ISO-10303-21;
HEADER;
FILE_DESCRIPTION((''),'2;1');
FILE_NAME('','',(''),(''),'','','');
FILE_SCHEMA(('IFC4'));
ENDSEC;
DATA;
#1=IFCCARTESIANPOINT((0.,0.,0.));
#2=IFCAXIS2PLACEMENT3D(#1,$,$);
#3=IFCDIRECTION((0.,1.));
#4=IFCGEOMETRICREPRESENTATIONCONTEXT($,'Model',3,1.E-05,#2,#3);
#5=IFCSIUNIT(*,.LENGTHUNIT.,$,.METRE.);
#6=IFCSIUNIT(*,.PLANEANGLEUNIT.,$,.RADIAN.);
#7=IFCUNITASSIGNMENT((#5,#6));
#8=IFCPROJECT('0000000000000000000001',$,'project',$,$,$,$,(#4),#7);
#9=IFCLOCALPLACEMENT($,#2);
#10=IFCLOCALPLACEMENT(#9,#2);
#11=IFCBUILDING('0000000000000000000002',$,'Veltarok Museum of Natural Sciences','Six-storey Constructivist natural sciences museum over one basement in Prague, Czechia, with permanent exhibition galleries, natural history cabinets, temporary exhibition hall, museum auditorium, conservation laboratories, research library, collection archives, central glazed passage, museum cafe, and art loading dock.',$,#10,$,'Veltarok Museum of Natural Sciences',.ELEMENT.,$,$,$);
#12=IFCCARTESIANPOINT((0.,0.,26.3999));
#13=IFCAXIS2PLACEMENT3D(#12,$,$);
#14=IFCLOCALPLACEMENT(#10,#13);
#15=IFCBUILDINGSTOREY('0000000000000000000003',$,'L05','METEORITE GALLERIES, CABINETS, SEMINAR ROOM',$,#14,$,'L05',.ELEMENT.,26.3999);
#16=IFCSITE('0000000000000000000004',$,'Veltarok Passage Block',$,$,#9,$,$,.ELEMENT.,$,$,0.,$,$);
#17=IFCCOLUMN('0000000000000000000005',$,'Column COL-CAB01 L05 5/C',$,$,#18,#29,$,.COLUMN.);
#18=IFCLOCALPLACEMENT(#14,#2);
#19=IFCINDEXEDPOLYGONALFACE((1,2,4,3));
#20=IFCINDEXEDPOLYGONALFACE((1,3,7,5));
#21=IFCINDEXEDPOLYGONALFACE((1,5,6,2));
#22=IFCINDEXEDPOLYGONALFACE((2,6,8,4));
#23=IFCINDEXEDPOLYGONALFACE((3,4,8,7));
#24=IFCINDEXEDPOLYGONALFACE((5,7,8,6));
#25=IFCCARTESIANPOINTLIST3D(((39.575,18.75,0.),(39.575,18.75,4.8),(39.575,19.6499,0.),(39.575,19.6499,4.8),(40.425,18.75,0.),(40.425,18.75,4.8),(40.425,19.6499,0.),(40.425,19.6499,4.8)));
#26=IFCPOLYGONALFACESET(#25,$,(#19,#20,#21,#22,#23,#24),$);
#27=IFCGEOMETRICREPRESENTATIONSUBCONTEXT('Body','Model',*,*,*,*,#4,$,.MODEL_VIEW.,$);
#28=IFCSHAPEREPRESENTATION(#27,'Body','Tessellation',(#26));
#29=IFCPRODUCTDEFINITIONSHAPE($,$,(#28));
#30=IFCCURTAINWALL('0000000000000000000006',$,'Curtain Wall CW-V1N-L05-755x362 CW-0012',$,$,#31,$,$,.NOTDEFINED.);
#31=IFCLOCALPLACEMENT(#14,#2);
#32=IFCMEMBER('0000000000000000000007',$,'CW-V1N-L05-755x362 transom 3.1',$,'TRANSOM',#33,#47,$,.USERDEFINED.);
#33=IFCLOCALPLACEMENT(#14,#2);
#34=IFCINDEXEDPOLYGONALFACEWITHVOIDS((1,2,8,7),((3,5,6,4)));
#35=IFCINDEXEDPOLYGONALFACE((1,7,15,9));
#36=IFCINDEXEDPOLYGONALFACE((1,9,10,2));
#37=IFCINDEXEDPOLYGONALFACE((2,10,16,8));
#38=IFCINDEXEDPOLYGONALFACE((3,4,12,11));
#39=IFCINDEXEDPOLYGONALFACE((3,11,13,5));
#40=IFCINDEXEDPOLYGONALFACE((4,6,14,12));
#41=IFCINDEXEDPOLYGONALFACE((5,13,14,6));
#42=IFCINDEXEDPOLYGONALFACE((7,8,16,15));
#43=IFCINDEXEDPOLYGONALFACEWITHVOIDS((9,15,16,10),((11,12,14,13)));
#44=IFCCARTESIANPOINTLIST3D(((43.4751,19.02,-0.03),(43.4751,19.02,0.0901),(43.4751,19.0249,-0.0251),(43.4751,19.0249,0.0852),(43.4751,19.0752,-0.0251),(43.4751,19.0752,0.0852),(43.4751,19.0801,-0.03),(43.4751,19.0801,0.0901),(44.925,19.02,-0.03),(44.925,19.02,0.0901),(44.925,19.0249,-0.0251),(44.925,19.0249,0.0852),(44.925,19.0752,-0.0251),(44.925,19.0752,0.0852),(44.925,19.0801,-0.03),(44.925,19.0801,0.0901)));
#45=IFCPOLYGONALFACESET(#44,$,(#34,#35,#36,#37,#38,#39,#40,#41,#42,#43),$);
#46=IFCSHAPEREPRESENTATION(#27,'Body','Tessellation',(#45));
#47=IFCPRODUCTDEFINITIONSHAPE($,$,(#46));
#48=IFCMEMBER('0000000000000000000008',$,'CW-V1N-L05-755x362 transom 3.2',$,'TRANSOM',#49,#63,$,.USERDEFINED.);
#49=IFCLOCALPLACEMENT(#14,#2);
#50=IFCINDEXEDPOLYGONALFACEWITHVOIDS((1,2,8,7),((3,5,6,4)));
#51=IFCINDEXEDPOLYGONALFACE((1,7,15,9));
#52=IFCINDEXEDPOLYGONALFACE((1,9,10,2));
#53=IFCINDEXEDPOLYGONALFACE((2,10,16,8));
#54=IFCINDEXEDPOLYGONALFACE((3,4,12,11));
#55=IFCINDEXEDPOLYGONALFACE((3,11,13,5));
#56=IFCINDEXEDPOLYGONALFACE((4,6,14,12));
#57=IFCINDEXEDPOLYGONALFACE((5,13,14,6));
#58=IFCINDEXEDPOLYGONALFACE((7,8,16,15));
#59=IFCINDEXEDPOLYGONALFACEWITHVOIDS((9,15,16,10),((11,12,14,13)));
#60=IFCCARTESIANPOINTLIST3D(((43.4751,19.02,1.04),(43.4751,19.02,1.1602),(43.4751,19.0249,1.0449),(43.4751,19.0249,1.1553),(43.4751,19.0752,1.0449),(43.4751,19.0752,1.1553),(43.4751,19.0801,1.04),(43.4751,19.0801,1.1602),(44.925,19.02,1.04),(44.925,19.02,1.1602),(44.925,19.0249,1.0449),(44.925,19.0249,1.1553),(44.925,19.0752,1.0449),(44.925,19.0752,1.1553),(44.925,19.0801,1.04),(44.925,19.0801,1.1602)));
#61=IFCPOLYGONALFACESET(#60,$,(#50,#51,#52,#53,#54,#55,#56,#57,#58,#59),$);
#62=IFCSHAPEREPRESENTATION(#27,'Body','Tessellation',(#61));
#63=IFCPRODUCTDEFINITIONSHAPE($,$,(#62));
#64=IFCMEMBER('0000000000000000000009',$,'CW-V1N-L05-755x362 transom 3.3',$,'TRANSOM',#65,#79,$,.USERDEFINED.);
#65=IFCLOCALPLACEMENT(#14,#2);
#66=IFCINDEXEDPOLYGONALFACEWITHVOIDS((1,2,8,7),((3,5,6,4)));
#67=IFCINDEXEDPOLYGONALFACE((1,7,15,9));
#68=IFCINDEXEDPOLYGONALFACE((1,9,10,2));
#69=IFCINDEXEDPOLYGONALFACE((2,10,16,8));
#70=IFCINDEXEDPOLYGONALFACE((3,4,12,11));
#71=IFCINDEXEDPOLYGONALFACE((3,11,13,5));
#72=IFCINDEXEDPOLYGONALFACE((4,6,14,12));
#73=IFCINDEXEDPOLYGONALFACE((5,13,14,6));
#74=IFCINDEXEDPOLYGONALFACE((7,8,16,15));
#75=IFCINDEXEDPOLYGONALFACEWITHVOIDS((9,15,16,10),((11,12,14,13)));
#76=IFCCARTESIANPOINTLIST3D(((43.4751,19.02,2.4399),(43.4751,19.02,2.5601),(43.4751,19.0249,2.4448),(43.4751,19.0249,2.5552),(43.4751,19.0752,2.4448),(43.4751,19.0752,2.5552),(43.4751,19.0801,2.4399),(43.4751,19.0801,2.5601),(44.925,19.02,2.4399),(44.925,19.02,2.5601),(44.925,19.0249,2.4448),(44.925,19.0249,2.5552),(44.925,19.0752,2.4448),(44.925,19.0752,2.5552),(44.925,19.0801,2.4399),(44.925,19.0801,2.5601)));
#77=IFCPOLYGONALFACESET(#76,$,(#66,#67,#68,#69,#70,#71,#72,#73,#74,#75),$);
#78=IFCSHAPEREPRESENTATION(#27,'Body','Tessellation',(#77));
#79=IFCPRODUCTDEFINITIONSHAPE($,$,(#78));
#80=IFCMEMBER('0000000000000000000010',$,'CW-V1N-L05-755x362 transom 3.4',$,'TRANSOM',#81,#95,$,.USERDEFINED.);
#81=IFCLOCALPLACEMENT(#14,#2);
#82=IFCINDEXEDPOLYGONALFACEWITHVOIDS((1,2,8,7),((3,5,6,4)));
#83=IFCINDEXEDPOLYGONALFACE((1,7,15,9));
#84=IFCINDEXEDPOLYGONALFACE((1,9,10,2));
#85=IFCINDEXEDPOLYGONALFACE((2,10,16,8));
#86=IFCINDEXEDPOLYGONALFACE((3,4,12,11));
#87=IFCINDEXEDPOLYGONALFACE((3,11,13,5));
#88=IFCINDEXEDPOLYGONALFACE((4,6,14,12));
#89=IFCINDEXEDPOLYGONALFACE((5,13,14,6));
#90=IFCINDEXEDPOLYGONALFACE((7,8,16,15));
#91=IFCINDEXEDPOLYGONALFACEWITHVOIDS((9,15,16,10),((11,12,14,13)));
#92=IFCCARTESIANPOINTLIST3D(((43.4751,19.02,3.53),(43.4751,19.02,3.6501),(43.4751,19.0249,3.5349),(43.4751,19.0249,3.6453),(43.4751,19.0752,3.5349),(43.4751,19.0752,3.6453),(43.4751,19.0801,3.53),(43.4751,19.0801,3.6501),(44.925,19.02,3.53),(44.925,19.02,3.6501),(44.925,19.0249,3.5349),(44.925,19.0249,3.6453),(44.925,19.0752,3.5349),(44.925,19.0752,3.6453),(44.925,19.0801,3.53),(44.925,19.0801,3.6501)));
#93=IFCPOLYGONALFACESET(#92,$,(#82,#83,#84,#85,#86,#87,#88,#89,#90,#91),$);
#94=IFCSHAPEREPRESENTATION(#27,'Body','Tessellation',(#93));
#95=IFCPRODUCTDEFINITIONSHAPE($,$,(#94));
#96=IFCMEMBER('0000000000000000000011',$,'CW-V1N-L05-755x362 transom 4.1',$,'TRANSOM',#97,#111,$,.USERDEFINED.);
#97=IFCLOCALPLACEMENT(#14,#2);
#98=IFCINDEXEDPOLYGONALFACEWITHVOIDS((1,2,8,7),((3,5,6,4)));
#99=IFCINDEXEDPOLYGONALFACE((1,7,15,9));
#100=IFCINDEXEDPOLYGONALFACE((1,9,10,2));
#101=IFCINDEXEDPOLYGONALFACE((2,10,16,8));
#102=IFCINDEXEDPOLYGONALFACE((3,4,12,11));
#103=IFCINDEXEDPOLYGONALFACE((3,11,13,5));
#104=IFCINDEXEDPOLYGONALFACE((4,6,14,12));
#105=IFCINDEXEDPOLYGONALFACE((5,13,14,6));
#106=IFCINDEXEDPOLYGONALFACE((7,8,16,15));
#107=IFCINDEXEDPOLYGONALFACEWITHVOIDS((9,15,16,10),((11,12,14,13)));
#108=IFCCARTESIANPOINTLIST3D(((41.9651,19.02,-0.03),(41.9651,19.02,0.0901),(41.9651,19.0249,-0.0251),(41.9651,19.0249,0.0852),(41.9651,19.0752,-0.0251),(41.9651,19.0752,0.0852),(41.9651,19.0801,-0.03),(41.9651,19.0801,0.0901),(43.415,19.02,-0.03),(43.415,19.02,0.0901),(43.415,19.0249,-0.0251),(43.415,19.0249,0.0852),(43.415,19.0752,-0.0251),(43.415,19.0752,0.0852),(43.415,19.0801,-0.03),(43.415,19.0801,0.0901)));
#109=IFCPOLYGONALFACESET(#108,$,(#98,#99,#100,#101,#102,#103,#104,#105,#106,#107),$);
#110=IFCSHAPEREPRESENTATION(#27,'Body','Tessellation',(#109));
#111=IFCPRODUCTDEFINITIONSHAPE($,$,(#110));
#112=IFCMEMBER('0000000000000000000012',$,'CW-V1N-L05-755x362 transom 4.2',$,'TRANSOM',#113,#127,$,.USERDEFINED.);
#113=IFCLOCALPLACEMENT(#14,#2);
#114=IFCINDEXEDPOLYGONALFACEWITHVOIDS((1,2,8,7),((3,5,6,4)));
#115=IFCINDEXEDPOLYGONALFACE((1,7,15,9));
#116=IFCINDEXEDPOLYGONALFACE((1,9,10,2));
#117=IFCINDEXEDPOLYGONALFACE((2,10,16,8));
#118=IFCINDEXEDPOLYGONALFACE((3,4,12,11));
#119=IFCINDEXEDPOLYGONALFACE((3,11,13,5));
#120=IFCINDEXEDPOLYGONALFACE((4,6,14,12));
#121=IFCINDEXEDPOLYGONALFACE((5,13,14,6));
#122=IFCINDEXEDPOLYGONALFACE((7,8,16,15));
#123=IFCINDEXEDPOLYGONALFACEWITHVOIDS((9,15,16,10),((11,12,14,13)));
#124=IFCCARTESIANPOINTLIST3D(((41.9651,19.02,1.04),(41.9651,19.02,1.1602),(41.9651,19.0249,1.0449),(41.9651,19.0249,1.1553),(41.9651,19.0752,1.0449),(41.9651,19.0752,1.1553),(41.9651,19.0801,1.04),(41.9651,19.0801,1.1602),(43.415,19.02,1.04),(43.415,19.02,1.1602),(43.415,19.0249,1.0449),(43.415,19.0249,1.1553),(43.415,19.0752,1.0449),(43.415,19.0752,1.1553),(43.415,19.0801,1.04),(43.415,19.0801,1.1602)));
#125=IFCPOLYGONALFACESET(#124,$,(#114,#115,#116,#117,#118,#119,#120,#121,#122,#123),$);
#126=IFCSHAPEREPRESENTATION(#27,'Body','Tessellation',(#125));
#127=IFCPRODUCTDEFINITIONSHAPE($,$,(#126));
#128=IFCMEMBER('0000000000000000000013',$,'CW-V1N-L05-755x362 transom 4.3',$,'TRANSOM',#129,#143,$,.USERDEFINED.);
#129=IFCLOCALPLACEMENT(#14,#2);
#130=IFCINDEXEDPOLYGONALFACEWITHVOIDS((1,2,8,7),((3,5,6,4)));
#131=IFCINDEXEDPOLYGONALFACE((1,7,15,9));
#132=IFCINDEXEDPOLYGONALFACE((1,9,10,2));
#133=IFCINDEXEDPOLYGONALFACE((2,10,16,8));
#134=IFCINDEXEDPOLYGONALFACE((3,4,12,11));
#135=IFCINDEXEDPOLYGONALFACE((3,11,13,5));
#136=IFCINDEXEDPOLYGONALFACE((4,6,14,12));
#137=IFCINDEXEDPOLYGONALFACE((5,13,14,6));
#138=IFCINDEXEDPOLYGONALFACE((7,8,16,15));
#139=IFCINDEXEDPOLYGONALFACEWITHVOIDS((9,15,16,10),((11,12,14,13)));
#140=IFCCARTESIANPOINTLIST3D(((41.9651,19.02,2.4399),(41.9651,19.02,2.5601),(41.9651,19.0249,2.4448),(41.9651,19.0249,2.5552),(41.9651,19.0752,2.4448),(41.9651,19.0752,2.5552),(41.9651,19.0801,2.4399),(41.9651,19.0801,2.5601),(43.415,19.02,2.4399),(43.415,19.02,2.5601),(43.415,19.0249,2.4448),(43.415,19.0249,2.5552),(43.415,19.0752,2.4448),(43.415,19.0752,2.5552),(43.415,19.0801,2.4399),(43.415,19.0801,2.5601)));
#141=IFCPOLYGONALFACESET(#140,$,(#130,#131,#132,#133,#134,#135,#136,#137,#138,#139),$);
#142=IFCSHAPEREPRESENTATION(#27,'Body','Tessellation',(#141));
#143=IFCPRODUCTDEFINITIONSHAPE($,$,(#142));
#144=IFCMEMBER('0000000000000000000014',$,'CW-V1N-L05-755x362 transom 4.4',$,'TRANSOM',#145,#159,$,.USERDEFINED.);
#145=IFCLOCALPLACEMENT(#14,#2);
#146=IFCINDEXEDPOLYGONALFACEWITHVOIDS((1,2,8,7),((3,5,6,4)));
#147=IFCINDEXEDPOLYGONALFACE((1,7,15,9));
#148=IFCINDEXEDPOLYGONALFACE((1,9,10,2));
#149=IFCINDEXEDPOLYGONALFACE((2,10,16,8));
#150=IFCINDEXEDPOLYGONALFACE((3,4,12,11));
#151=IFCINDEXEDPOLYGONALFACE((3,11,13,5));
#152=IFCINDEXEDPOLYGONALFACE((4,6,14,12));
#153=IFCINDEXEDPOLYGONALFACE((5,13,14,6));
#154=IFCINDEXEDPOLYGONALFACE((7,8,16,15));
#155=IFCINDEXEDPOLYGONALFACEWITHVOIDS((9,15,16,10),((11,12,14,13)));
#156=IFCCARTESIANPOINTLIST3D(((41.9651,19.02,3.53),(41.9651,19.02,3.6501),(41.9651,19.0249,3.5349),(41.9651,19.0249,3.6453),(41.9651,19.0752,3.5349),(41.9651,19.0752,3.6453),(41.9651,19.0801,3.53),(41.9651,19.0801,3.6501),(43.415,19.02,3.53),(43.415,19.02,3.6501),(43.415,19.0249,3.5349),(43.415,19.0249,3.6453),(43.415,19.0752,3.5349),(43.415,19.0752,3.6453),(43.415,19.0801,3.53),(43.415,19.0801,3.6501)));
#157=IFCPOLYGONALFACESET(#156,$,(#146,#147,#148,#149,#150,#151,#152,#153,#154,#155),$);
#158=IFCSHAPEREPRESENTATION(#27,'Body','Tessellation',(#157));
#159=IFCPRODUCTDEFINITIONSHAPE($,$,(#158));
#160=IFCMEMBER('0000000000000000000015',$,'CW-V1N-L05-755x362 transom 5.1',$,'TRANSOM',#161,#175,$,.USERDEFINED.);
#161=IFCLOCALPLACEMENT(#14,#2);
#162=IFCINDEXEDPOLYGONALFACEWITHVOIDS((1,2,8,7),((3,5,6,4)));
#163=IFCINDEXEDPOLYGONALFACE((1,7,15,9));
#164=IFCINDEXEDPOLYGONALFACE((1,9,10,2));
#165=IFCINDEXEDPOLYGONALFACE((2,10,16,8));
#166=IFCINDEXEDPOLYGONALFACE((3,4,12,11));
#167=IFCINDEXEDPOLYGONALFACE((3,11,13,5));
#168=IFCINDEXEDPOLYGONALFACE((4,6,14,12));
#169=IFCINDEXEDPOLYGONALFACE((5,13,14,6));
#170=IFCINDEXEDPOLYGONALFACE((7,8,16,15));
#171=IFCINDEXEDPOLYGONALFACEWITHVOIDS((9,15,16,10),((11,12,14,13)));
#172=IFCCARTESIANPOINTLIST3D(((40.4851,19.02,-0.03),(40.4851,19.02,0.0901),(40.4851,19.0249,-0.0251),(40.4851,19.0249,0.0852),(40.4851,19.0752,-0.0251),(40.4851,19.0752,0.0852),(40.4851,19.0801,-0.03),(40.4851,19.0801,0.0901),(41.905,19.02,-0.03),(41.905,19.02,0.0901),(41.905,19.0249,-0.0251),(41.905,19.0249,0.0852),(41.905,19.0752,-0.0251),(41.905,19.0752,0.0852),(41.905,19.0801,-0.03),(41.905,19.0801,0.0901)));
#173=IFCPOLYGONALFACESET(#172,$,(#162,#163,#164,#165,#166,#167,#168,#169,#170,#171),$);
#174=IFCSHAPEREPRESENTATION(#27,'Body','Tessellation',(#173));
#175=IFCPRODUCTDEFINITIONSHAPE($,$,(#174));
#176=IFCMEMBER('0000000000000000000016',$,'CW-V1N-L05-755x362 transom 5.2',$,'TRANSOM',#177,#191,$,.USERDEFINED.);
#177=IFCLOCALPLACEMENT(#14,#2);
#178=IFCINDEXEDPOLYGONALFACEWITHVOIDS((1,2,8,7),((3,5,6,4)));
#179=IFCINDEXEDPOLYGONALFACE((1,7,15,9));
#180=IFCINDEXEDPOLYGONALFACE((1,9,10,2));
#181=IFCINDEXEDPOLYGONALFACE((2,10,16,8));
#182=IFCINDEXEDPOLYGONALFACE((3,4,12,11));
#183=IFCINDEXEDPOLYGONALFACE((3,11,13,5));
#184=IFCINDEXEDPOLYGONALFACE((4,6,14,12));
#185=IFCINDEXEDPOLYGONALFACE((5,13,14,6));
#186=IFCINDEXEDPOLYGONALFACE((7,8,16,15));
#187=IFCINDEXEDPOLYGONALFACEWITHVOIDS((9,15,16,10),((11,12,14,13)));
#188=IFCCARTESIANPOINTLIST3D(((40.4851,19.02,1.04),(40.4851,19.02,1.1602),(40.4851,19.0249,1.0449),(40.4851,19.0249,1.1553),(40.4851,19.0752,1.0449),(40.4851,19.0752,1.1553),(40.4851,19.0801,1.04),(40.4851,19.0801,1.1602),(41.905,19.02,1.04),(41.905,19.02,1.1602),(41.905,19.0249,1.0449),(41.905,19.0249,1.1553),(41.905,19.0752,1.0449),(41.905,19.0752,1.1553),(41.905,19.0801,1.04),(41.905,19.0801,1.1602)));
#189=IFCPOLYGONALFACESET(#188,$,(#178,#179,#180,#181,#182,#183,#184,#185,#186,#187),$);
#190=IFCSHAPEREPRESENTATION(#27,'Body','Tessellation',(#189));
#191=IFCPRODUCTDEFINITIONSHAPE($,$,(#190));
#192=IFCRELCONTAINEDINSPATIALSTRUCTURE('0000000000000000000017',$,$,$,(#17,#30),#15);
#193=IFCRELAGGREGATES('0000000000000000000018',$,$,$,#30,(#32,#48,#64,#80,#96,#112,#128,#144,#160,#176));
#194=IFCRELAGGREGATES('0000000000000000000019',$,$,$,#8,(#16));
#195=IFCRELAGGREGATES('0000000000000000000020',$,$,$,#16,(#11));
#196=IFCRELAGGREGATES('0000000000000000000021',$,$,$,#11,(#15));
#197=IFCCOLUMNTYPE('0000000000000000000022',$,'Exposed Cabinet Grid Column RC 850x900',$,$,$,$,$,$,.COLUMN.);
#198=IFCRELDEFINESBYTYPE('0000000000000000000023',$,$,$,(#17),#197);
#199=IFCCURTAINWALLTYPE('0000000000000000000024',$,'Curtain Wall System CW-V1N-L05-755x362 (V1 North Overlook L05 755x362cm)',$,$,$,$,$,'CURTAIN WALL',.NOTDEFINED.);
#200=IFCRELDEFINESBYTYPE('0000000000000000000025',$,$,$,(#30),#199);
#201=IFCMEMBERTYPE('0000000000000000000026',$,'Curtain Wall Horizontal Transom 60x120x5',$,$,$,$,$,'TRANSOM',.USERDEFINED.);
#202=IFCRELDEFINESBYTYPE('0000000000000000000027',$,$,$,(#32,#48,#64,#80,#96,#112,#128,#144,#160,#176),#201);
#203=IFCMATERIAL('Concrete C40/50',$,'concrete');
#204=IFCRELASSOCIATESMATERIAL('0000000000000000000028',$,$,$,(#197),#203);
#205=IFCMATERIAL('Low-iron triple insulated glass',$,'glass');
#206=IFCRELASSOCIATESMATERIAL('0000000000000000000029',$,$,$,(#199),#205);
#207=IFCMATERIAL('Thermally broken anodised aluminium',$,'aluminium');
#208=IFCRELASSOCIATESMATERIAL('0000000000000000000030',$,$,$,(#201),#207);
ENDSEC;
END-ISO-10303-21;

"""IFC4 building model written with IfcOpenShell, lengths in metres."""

from ifc_helpers import new_model, si_unit, direction, frame, origin, origin_2d, place, context, subcontext, project, spatial, rectangle, hollow_rectangle, extrude, material, material_profile, profile_set, type_object, element, aggregate, save


model = new_model("IFC4")

# Units and contexts
model_context = context("Model", 3, precision=1e-05, world=origin(), true_north=direction((0.0, 1.0)))
body_context = subcontext(model_context, "Body", "Model", "MODEL_VIEW")
ifc_project = project(units=[si_unit("LENGTHUNIT", "METRE"), si_unit("PLANEANGLEUNIT", "RADIAN")], contexts=[model_context])

# Site, building, storey
site_placement = place(None, origin())
site = spatial("IfcSite", under=ifc_project, at=site_placement, Name="Veltarok Passage Block", CompositionType="ELEMENT", RefElevation=0.0)
building_placement = place(site_placement, origin())
building = spatial("IfcBuilding", under=site, at=building_placement, Name="Veltarok Museum of Natural Sciences", Description="Six-storey Constructivist natural sciences museum over one basement in Prague, Czechia, with permanent exhibition galleries, natural history cabinets, temporary exhibition hall, museum auditorium, conservation laboratories, research library, collection archives, central glazed passage, museum cafe, and art loading dock.", LongName="Veltarok Museum of Natural Sciences", CompositionType="ELEMENT")
storey_placement = place(building_placement, frame((0.0, 0.0, 26.3999)))
storey = spatial("IfcBuildingStorey", under=building, at=storey_placement, Name="L05", Description="METEORITE GALLERIES, CABINETS, SEMINAR ROOM", LongName="L05", CompositionType="ELEMENT", Elevation=26.3999)

# Column
ifc_material_1 = material(Name="Concrete C40/50", Category="concrete")
ifc_material_profile_1 = material_profile(ifc_material_1, rectangle(XDim=0.8501, YDim=0.8999, at=origin_2d()), Name="RC 850x900")
ifc_profile_set_1 = profile_set([ifc_material_profile_1], Name="Concrete C40/50")
column_type = type_object("IfcColumnType", Name="Exposed Cabinet Grid Column RC 850x900", PredefinedType="COLUMN", material=ifc_profile_set_1)
column_placement = place(storey_placement, frame((40.0, 19.2, 0.0), z_axis=(0.0, 0.0, 1.0), x_axis=(1.0, 0.0, 0.0)))
element("IfcColumn", 1, at=column_placement, inside=storey, type_object=column_type, Name="Column COL-CAB01 L05 5/C", PredefinedType="COLUMN", context=body_context, shape_type="SweptSolid", body=[
    extrude(rectangle(XDim=0.8501, YDim=0.8999, at=origin_2d()), origin(), (0.0, 0.0, 1.0), 4.8),
])

# Curtain wall, members
ifc_material_2 = material(Name="Low-iron triple insulated glass", Category="glass")
curtain_wall_type = type_object("IfcCurtainWallType", Name="Curtain Wall System CW-V1N-L05-755x362 (V1 North Overlook L05 755x362cm)", ElementType="CURTAIN WALL", PredefinedType="NOTDEFINED", material=ifc_material_2)
curtain_wall_placement = place(storey_placement, origin())
curtain_wall = element("IfcCurtainWall", 2, at=curtain_wall_placement, inside=storey, type_object=curtain_wall_type, Name="Curtain Wall CW-V1N-L05-755x362 CW-0012", PredefinedType="NOTDEFINED")
ifc_material_3 = material(Name="Thermally broken anodised aluminium", Category="aluminium")
ifc_material_profile_2 = material_profile(ifc_material_3, hollow_rectangle(XDim=0.0601, YDim=0.1201, WallThickness=0.0049, at=origin_2d()), Name="CW TRANSOM 60x120x5")
ifc_profile_set_2 = profile_set([ifc_material_profile_2], Name="Thermally broken anodised aluminium")
member_type_1 = type_object("IfcMemberType", Name="Curtain Wall Horizontal Transom 60x120x5", ElementType="TRANSOM", PredefinedType="USERDEFINED", material=ifc_profile_set_2)
member_1_placement = place(storey_placement, frame((44.925, 19.05, 0.03), z_axis=(-1.0, 0.0, 0.0), x_axis=(0.0, -1.0, 0.0)))
member_1 = element("IfcMember", 3, at=member_1_placement, type_object=member_type_1, Name="CW-V1N-L05-755x362 transom 3.1", ObjectType="TRANSOM", PredefinedType="USERDEFINED", context=body_context, shape_type="SweptSolid", body=[
    extrude(hollow_rectangle(XDim=0.0601, YDim=0.1201, WallThickness=0.0049, at=origin_2d()), origin(), (0.0, 0.0, 1.0), 1.45),
])
member_2_placement = place(storey_placement, frame((44.925, 19.05, 1.1001), z_axis=(-1.0, 0.0, 0.0), x_axis=(0.0, -1.0, 0.0)))
member_2 = element("IfcMember", 4, at=member_2_placement, type_object=member_type_1, Name="CW-V1N-L05-755x362 transom 3.2", ObjectType="TRANSOM", PredefinedType="USERDEFINED", context=body_context, shape_type="SweptSolid", body=[
    extrude(hollow_rectangle(XDim=0.0601, YDim=0.1201, WallThickness=0.0049, at=origin_2d()), origin(), (0.0, 0.0, 1.0), 1.45),
])
member_3_placement = place(storey_placement, frame((44.925, 19.05, 2.5), z_axis=(-1.0, 0.0, 0.0), x_axis=(0.0, -1.0, 0.0)))
member_3 = element("IfcMember", 5, at=member_3_placement, type_object=member_type_1, Name="CW-V1N-L05-755x362 transom 3.3", ObjectType="TRANSOM", PredefinedType="USERDEFINED", context=body_context, shape_type="SweptSolid", body=[
    extrude(hollow_rectangle(XDim=0.0601, YDim=0.1201, WallThickness=0.0049, at=origin_2d()), origin(), (0.0, 0.0, 1.0), 1.45),
])
member_4_placement = place(storey_placement, frame((44.925, 19.05, 3.5901), z_axis=(-1.0, 0.0, 0.0), x_axis=(0.0, -1.0, 0.0)))
member_4 = element("IfcMember", 6, at=member_4_placement, type_object=member_type_1, Name="CW-V1N-L05-755x362 transom 3.4", ObjectType="TRANSOM", PredefinedType="USERDEFINED", context=body_context, shape_type="SweptSolid", body=[
    extrude(hollow_rectangle(XDim=0.0601, YDim=0.1201, WallThickness=0.0049, at=origin_2d()), origin(), (0.0, 0.0, 1.0), 1.45),
])
member_5_placement = place(storey_placement, frame((43.415, 19.05, 0.03), z_axis=(-1.0, 0.0, 0.0), x_axis=(0.0, -1.0, 0.0)))
member_5 = element("IfcMember", 7, at=member_5_placement, type_object=member_type_1, Name="CW-V1N-L05-755x362 transom 4.1", ObjectType="TRANSOM", PredefinedType="USERDEFINED", context=body_context, shape_type="SweptSolid", body=[
    extrude(hollow_rectangle(XDim=0.0601, YDim=0.1201, WallThickness=0.0049, at=origin_2d()), origin(), (0.0, 0.0, 1.0), 1.45),
])
member_6_placement = place(storey_placement, frame((43.415, 19.05, 1.1001), z_axis=(-1.0, 0.0, 0.0), x_axis=(0.0, -1.0, 0.0)))
member_6 = element("IfcMember", 8, at=member_6_placement, type_object=member_type_1, Name="CW-V1N-L05-755x362 transom 4.2", ObjectType="TRANSOM", PredefinedType="USERDEFINED", context=body_context, shape_type="SweptSolid", body=[
    extrude(hollow_rectangle(XDim=0.0601, YDim=0.1201, WallThickness=0.0049, at=origin_2d()), origin(), (0.0, 0.0, 1.0), 1.45),
])
member_7_placement = place(storey_placement, frame((43.415, 19.05, 2.5), z_axis=(-1.0, 0.0, 0.0), x_axis=(0.0, -1.0, 0.0)))
member_7 = element("IfcMember", 9, at=member_7_placement, type_object=member_type_1, Name="CW-V1N-L05-755x362 transom 4.3", ObjectType="TRANSOM", PredefinedType="USERDEFINED", context=body_context, shape_type="SweptSolid", body=[
    extrude(hollow_rectangle(XDim=0.0601, YDim=0.1201, WallThickness=0.0049, at=origin_2d()), origin(), (0.0, 0.0, 1.0), 1.45),
])
member_8_placement = place(storey_placement, frame((43.415, 19.05, 3.5901), z_axis=(-1.0, 0.0, 0.0), x_axis=(0.0, -1.0, 0.0)))
member_8 = element("IfcMember", 10, at=member_8_placement, type_object=member_type_1, Name="CW-V1N-L05-755x362 transom 4.4", ObjectType="TRANSOM", PredefinedType="USERDEFINED", context=body_context, shape_type="SweptSolid", body=[
    extrude(hollow_rectangle(XDim=0.0601, YDim=0.1201, WallThickness=0.0049, at=origin_2d()), origin(), (0.0, 0.0, 1.0), 1.45),
])
member_9_placement = place(storey_placement, frame((41.905, 19.05, 0.03), z_axis=(-1.0, 0.0, 0.0), x_axis=(0.0, -1.0, 0.0)))
member_9 = element("IfcMember", 11, at=member_9_placement, type_object=member_type_1, Name="CW-V1N-L05-755x362 transom 5.1", ObjectType="TRANSOM", PredefinedType="USERDEFINED", context=body_context, shape_type="SweptSolid", body=[
    extrude(hollow_rectangle(XDim=0.0601, YDim=0.1201, WallThickness=0.0049, at=origin_2d()), origin(), (0.0, 0.0, 1.0), 1.4199),
])
member_10_placement = place(storey_placement, frame((41.905, 19.05, 1.1001), z_axis=(-1.0, 0.0, 0.0), x_axis=(0.0, -1.0, 0.0)))
member_10 = element("IfcMember", 12, at=member_10_placement, type_object=member_type_1, Name="CW-V1N-L05-755x362 transom 5.2", ObjectType="TRANSOM", PredefinedType="USERDEFINED", context=body_context, shape_type="SweptSolid", body=[
    extrude(hollow_rectangle(XDim=0.0601, YDim=0.1201, WallThickness=0.0049, at=origin_2d()), origin(), (0.0, 0.0, 1.0), 1.4199),
])

aggregate(curtain_wall, [member_1, member_2, member_3, member_4, member_5, member_6, member_7, member_8, member_9, member_10])

save(model, "model.ifc")
